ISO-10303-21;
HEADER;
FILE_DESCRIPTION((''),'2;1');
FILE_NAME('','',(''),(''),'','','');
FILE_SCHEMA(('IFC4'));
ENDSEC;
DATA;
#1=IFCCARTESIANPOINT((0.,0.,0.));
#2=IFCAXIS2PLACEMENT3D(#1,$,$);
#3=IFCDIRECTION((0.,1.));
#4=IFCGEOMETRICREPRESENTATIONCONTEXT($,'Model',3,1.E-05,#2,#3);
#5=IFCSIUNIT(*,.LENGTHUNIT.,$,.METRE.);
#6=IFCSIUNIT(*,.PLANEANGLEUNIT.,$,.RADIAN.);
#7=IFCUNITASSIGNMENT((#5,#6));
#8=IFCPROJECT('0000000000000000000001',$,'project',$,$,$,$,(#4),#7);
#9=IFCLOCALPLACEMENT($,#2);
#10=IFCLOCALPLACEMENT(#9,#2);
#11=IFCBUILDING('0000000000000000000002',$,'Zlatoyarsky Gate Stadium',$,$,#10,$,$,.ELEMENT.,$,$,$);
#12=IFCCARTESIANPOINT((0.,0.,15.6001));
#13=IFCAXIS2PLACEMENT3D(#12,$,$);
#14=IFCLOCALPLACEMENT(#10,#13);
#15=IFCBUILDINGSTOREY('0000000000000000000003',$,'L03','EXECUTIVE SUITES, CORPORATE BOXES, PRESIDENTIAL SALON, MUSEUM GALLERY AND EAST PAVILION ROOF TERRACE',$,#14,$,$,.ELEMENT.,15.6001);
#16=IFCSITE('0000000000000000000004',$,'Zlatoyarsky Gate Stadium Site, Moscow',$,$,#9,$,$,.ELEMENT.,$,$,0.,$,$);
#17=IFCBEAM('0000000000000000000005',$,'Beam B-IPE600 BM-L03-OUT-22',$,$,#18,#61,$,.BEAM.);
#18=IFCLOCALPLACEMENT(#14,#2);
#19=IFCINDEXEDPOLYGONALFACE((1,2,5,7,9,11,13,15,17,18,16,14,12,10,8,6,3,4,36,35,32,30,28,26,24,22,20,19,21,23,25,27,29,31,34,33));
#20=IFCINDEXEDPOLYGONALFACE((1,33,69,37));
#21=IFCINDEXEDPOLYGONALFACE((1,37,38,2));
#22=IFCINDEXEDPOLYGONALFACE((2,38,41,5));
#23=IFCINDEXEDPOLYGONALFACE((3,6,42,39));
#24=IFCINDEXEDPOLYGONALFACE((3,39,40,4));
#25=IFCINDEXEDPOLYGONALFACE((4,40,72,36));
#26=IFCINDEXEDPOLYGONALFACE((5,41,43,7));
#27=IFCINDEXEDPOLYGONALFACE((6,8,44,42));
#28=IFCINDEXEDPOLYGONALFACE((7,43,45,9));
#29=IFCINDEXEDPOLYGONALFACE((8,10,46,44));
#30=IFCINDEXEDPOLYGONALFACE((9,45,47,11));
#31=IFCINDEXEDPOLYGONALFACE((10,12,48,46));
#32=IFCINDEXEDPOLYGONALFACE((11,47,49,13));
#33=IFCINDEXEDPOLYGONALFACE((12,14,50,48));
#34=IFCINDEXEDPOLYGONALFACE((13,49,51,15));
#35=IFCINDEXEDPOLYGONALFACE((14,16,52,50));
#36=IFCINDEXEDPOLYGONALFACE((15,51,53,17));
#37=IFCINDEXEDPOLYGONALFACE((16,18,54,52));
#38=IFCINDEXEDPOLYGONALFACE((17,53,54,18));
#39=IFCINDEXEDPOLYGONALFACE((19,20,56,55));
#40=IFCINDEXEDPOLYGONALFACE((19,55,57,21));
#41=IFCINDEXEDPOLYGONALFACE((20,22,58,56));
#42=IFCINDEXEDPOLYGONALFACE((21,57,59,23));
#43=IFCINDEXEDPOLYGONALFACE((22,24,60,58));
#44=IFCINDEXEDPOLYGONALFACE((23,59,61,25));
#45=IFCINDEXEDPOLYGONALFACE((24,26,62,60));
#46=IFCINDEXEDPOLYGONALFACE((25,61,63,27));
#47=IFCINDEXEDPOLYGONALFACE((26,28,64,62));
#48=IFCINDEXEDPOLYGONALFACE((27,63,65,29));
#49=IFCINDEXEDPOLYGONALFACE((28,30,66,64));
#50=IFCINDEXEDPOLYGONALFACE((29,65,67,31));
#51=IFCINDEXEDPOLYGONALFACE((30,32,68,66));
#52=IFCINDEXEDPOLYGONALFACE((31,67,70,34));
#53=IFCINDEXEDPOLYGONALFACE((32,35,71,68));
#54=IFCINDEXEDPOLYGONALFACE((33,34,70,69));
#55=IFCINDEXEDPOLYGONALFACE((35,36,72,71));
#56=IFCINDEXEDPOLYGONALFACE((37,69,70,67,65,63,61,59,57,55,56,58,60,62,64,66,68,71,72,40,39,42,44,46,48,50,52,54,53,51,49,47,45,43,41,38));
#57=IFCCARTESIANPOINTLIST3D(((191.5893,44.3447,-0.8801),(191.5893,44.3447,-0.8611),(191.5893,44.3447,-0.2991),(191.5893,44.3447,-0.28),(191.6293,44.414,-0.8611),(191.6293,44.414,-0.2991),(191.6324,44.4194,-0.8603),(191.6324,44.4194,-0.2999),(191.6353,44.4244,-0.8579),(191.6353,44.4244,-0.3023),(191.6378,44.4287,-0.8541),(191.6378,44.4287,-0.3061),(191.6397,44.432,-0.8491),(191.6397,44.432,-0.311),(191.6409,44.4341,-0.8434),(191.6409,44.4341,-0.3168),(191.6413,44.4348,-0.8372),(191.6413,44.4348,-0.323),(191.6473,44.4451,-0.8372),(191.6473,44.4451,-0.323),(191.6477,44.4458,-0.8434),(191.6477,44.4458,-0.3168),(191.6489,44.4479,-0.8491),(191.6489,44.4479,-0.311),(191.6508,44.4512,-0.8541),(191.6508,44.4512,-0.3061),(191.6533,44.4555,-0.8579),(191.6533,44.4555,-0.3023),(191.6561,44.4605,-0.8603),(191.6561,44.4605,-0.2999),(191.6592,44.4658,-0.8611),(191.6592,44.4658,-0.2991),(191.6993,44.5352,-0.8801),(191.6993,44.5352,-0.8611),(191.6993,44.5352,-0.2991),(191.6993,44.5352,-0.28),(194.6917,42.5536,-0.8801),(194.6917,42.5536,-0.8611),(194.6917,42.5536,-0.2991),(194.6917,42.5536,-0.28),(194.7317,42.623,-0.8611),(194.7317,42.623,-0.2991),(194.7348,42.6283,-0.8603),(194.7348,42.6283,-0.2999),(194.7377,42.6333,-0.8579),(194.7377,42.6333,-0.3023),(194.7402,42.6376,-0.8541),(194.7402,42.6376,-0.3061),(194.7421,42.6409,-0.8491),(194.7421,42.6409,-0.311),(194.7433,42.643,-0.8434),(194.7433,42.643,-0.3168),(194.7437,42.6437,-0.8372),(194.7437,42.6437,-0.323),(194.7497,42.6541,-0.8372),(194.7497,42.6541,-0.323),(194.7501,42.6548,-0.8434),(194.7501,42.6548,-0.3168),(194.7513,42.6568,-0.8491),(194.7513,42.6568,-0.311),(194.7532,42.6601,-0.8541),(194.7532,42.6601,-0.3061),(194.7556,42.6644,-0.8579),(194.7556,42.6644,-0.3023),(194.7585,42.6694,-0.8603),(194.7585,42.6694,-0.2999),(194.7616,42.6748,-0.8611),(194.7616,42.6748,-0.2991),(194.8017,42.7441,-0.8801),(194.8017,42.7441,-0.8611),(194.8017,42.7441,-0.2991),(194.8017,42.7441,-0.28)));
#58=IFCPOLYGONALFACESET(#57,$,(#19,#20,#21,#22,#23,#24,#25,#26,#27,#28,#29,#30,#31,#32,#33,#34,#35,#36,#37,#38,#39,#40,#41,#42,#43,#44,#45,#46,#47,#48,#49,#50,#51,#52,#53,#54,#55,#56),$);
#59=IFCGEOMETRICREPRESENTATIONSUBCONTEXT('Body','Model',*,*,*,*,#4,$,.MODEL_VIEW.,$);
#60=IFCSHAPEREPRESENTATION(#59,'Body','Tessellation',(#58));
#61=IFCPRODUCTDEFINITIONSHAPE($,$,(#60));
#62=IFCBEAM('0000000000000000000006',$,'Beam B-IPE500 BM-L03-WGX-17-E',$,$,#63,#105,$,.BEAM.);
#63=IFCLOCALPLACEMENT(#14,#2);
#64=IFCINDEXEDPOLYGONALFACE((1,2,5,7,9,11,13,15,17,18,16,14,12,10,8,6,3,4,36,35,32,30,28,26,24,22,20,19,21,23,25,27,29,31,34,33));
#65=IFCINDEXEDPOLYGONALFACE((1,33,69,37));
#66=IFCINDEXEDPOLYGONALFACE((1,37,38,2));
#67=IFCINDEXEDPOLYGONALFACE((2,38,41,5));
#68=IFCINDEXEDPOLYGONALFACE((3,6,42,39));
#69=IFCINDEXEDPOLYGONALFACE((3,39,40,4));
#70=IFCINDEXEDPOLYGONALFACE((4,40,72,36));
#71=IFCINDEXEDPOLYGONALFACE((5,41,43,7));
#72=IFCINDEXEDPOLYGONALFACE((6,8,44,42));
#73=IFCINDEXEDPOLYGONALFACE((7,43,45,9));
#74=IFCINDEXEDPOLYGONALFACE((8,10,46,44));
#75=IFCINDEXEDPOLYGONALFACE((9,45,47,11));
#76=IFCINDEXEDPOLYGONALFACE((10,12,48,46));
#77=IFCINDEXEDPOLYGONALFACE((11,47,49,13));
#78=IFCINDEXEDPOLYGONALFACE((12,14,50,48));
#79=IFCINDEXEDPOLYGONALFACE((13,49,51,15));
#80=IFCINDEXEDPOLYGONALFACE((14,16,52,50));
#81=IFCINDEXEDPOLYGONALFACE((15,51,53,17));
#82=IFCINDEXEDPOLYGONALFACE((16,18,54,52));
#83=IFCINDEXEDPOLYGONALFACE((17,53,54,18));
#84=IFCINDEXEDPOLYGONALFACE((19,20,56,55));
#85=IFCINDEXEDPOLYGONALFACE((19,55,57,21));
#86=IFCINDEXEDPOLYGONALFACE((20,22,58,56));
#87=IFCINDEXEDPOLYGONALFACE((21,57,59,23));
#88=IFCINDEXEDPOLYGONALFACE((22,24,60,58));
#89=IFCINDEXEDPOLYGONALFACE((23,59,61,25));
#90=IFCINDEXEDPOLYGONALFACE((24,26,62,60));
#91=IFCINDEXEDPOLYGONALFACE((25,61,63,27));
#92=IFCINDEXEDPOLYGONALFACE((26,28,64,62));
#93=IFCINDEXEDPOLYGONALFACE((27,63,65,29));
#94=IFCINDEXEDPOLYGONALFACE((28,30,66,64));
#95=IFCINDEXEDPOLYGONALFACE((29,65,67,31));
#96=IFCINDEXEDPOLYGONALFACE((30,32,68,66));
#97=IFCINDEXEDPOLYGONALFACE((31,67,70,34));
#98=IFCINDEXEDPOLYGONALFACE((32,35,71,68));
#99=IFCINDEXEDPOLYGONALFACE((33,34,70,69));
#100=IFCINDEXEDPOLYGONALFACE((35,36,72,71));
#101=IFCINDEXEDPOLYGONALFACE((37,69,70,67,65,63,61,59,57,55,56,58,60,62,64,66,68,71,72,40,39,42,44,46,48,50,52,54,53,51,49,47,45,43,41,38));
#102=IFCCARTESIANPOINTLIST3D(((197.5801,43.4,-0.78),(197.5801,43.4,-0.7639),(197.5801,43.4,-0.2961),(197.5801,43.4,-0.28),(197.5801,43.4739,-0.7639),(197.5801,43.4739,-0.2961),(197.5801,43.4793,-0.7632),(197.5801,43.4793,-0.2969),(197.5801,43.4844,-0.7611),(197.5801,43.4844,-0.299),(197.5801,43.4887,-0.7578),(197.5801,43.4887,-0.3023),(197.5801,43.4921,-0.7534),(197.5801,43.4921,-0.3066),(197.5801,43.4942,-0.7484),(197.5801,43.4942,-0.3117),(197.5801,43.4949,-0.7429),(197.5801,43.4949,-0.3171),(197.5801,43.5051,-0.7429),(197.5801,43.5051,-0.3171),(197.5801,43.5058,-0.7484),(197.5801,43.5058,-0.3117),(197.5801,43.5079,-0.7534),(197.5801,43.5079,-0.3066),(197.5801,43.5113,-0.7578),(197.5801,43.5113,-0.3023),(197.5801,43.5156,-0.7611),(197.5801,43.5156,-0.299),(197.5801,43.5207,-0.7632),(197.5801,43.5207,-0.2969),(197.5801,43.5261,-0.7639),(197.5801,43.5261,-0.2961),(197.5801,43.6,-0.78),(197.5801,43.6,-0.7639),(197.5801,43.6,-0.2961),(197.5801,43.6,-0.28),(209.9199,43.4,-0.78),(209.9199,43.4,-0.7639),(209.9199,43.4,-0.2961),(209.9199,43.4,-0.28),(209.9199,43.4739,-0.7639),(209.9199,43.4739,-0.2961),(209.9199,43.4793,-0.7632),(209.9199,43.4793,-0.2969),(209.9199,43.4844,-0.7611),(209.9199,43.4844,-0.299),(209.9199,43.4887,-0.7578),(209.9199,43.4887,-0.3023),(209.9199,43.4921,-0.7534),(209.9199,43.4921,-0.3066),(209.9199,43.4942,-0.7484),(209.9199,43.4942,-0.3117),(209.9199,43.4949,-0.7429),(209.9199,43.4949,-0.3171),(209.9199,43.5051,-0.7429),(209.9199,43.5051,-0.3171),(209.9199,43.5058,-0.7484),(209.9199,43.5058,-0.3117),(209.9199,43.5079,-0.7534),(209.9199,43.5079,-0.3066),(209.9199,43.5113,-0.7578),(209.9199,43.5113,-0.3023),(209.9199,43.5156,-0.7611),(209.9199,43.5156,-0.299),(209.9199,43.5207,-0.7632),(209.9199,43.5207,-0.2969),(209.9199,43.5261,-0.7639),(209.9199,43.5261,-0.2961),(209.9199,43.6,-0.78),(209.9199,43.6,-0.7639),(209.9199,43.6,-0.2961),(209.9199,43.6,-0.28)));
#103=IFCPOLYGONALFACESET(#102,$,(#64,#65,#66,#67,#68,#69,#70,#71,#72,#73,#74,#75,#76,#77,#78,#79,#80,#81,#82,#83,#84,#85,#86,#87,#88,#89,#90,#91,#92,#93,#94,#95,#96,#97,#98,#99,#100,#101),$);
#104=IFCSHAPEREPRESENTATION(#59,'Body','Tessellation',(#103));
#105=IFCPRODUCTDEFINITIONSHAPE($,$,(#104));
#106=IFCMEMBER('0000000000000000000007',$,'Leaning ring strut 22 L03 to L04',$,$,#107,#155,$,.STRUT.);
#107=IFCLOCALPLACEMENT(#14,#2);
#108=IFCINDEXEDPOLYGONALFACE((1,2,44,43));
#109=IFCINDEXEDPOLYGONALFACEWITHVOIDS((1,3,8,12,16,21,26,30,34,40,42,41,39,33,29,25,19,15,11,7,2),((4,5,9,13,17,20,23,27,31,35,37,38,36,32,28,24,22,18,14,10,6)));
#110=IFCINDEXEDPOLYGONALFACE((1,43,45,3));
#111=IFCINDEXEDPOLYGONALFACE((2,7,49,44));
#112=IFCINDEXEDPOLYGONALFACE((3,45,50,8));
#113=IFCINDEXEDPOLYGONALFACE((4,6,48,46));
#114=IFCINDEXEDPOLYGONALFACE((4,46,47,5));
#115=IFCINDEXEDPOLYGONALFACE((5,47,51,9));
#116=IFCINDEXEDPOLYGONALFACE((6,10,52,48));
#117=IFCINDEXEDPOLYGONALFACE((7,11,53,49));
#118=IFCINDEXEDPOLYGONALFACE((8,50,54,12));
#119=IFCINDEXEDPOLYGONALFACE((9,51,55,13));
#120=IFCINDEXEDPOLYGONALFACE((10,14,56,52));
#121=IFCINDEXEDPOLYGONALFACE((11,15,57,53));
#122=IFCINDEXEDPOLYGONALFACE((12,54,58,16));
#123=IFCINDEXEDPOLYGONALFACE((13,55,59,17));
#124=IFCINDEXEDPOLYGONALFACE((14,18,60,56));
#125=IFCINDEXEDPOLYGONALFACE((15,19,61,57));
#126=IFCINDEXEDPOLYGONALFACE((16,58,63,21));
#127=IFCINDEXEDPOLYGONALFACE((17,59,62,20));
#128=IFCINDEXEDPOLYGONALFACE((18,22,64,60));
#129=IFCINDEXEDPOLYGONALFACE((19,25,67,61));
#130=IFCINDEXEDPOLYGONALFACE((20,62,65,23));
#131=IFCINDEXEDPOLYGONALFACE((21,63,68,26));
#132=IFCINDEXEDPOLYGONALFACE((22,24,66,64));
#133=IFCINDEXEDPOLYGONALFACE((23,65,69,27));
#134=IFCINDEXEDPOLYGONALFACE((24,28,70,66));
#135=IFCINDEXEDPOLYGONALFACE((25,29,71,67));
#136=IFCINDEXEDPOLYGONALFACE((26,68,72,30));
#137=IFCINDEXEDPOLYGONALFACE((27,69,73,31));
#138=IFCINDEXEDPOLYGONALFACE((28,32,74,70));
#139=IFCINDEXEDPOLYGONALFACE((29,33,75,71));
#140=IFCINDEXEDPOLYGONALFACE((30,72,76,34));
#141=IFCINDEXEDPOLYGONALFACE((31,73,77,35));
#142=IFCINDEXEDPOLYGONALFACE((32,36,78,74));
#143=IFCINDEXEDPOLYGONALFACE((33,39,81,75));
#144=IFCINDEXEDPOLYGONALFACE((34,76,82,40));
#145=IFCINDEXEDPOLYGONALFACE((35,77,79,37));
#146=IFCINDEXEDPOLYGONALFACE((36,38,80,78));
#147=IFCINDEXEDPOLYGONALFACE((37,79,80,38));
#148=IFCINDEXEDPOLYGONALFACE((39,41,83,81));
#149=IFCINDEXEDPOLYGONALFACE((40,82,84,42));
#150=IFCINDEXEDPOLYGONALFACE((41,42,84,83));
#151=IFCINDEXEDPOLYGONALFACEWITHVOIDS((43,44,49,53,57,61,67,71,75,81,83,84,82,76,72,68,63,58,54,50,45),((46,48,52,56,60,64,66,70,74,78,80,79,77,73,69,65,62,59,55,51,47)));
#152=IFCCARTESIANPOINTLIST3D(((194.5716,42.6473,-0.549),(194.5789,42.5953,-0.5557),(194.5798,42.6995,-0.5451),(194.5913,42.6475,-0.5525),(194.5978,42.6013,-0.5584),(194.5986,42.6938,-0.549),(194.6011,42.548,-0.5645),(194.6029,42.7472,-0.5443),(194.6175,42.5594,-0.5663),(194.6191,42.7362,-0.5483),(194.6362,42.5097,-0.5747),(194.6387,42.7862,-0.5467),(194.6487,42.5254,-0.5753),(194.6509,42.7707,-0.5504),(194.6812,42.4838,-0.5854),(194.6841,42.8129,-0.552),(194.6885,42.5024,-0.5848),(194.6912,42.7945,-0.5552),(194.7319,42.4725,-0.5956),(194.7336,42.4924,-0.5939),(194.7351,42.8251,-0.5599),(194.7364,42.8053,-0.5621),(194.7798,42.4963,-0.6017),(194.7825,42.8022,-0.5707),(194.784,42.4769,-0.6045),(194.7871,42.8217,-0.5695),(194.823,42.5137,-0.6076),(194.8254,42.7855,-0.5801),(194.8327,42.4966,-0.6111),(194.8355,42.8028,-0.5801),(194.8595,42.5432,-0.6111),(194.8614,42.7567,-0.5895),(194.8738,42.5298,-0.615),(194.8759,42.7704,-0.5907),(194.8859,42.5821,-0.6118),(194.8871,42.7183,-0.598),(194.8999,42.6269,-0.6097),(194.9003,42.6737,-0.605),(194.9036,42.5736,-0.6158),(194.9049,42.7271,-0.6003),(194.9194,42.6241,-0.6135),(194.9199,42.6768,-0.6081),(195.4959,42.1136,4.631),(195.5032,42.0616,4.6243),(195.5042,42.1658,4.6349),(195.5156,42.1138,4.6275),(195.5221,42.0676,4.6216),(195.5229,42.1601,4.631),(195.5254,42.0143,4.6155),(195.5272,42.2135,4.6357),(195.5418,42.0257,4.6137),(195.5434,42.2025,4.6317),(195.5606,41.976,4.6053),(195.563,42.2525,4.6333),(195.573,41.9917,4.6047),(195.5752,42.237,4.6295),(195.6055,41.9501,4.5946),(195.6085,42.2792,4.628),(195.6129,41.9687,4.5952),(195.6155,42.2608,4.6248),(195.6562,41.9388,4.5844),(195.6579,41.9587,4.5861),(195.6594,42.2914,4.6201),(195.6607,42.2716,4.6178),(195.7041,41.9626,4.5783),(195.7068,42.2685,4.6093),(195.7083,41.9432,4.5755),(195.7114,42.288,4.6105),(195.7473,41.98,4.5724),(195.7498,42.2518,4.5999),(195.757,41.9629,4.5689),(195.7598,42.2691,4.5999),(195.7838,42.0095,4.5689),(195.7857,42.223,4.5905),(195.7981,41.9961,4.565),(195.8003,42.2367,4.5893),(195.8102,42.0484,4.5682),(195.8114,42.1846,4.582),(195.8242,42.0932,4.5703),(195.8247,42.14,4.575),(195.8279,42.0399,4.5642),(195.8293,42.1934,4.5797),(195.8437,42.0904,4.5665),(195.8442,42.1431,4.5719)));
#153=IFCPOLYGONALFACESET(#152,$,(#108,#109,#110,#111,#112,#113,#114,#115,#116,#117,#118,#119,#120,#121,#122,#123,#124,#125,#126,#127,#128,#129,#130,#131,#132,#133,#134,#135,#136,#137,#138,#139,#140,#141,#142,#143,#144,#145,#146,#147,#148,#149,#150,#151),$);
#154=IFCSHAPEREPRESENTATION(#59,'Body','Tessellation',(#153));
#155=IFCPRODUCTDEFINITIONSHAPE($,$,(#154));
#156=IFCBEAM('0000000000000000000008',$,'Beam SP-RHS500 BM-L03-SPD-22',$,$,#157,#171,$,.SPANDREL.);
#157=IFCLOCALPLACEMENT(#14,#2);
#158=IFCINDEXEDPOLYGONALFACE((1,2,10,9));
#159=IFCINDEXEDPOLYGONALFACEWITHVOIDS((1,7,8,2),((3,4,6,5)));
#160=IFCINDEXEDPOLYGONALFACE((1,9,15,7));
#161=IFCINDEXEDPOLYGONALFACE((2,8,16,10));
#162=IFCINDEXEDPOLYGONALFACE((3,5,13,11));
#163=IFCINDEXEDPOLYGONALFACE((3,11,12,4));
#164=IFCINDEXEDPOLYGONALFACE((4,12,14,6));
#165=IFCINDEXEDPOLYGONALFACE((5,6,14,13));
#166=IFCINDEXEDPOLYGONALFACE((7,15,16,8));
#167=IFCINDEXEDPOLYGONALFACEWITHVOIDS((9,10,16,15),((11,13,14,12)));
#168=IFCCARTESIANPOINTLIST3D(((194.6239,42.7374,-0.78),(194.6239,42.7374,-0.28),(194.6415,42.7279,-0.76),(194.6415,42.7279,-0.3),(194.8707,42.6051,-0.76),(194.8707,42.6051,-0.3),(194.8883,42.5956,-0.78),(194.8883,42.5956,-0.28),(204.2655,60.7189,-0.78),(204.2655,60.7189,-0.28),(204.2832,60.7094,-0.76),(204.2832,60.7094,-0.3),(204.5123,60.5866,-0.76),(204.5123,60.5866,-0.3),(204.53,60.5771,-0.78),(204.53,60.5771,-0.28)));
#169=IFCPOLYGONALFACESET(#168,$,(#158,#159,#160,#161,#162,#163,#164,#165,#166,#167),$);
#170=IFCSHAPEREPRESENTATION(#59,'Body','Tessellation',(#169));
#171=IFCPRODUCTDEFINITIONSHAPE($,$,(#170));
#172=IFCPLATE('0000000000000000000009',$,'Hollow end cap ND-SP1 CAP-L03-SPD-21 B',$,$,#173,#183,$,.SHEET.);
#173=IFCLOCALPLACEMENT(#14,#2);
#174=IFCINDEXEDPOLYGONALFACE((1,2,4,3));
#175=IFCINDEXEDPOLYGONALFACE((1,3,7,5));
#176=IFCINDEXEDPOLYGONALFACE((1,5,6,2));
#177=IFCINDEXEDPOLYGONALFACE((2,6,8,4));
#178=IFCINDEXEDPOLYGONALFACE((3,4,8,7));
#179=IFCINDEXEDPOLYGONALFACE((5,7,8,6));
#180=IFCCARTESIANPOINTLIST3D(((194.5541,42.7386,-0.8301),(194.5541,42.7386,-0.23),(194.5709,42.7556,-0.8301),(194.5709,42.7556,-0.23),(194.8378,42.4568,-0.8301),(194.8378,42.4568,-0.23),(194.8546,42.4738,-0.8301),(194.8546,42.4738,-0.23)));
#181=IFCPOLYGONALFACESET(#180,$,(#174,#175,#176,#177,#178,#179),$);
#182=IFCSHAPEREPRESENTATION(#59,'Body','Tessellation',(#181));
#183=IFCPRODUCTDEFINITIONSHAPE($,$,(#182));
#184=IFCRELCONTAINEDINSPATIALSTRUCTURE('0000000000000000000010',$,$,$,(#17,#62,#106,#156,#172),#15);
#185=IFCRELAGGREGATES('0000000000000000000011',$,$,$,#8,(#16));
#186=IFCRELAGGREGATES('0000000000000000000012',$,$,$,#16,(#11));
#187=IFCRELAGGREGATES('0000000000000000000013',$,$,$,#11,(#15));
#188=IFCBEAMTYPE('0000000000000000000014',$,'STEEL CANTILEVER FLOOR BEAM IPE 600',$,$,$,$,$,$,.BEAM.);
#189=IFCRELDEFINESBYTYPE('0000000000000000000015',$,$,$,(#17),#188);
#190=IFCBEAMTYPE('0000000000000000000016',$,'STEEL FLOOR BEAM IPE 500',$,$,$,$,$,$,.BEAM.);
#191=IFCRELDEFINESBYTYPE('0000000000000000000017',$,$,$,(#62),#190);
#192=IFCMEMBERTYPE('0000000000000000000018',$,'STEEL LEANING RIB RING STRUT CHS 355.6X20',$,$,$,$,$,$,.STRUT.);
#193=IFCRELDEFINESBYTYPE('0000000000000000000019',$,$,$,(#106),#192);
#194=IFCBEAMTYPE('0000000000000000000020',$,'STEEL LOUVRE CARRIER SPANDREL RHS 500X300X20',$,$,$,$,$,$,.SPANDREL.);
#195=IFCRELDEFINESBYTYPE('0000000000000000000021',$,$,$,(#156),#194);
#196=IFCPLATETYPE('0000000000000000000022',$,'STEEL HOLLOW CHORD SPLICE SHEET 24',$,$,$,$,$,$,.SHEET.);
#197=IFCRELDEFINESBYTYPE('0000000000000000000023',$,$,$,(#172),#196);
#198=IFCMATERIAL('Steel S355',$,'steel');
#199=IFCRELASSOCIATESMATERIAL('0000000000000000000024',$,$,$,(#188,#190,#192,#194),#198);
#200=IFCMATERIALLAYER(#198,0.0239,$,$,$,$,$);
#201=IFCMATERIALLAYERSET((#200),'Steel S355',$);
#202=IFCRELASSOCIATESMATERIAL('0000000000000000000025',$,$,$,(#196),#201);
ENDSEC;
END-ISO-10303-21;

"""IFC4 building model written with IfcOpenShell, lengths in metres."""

from ifc_helpers import new_model, si_unit, direction, frame, origin, origin_2d, place, context, subcontext, project, spatial, rectangle, hollow_rectangle, hollow_circle, i_section, extrude, material, layer, layer_set, material_profile, profile_set, type_object, element, save


model = new_model("IFC4")

# Units and contexts
model_context = context("Model", 3, precision=1e-05, world=origin(), true_north=direction((0.0, 1.0)))
body_context = subcontext(model_context, "Body", "Model", "MODEL_VIEW")
ifc_project = project(units=[si_unit("LENGTHUNIT", "METRE"), si_unit("PLANEANGLEUNIT", "RADIAN")], contexts=[model_context])

# Site, building, storey
site_placement = place(None, origin())
site = spatial("IfcSite", under=ifc_project, at=site_placement, Name="Zlatoyarsky Gate Stadium Site, Moscow", CompositionType="ELEMENT", RefElevation=0.0)
building_placement = place(site_placement, origin())
building = spatial("IfcBuilding", under=site, at=building_placement, Name="Zlatoyarsky Gate Stadium", CompositionType="ELEMENT")
storey_placement = place(building_placement, frame((0.0, 0.0, 15.6001)))
storey = spatial("IfcBuildingStorey", under=building, at=storey_placement, Name="L03", Description="EXECUTIVE SUITES, CORPORATE BOXES, PRESIDENTIAL SALON, MUSEUM GALLERY AND EAST PAVILION ROOF TERRACE", CompositionType="ELEMENT", Elevation=15.6001)

# Shared definitions
ifc_material_1 = material(Name="Steel S355", Category="steel")

# Beams
ifc_material_profile_1 = material_profile(ifc_material_1, i_section(OverallWidth=0.22, OverallDepth=0.6001, WebThickness=0.012, FlangeThickness=0.019, FilletRadius=0.0239, at=origin_2d()), Name="IPE 600")
ifc_profile_set_1 = profile_set([ifc_material_profile_1], Name="Steel S355")
beam_type_1 = type_object("IfcBeamType", Name="STEEL CANTILEVER FLOOR BEAM IPE 600", PredefinedType="BEAM", material=ifc_profile_set_1)
beam_1_placement = place(storey_placement, frame((191.6443, 44.4399, -0.5801), z_axis=(0.866037, -0.49998, 0.0), x_axis=(0.49998, 0.866037, 0.0)))
element("IfcBeam", 1, at=beam_1_placement, inside=storey, type_object=beam_type_1, Name="Beam B-IPE600 BM-L03-OUT-22", PredefinedType="BEAM", context=body_context, shape_type="SweptSolid", body=[
    extrude(i_section(OverallWidth=0.22, OverallDepth=0.6001, WebThickness=0.012, FlangeThickness=0.019, FilletRadius=0.0239, at=origin_2d()), origin(), (0.0, 0.0, 1.0), 3.5823),
])
ifc_material_profile_2 = material_profile(ifc_material_1, i_section(OverallWidth=0.2, OverallDepth=0.5, WebThickness=0.0103, FlangeThickness=0.0161, FilletRadius=0.021, at=origin_2d()), Name="IPE 500")
ifc_profile_set_2 = profile_set([ifc_material_profile_2], Name="Steel S355")
beam_type_2 = type_object("IfcBeamType", Name="STEEL FLOOR BEAM IPE 500", PredefinedType="BEAM", material=ifc_profile_set_2)
beam_2_placement = place(storey_placement, frame((197.5801, 43.5, -0.53), z_axis=(1.0, 0.0, 0.0), x_axis=(0.0, 1.0, 0.0)))
element("IfcBeam", 2, at=beam_2_placement, inside=storey, type_object=beam_type_2, Name="Beam B-IPE500 BM-L03-WGX-17-E", PredefinedType="BEAM", context=body_context, shape_type="SweptSolid", body=[
    extrude(i_section(OverallWidth=0.2, OverallDepth=0.5, WebThickness=0.0103, FlangeThickness=0.0161, FilletRadius=0.021, at=origin_2d()), origin(), (0.0, 0.0, 1.0), 12.3398),
])

# Member
ifc_material_profile_3 = material_profile(ifc_material_1, hollow_circle(Radius=0.1777, WallThickness=0.02, at=origin_2d()), Name="CHS 355.6X20")
ifc_profile_set_3 = profile_set([ifc_material_profile_3], Name="Steel S355")
member_type_1 = type_object("IfcMemberType", Name="STEEL LEANING RIB RING STRUT CHS 355.6X20", PredefinedType="STRUT", material=ifc_profile_set_3)
member_1_placement = place(storey_placement, frame((194.7466, 42.6489, -0.5801), z_axis=(0.17477, -0.100911, 0.979425), x_axis=(0.500026, 0.86601, 0.0)))
element("IfcMember", 3, at=member_1_placement, inside=storey, type_object=member_type_1, Name="Leaning ring strut 22 L03 to L04", PredefinedType="STRUT", context=body_context, shape_type="SweptSolid", body=[
    extrude(hollow_circle(Radius=0.1777, WallThickness=0.02, at=origin_2d()), origin(), (0.0, 0.0, 1.0), 5.2888),
])

# Beam
ifc_material_profile_4 = material_profile(ifc_material_1, hollow_rectangle(XDim=0.3, YDim=0.5, WallThickness=0.02, at=origin_2d()), Name="RHS 500X300X20")
ifc_profile_set_4 = profile_set([ifc_material_profile_4], Name="Steel S355")
beam_type_3 = type_object("IfcBeamType", Name="STEEL LOUVRE CARRIER SPANDREL RHS 500X300X20", PredefinedType="SPANDREL", material=ifc_profile_set_4)
beam_3_placement = place(storey_placement, frame((194.7561, 42.6665, -0.53), z_axis=(0.472552, 0.881303, 0.0), x_axis=(-0.881303, 0.472552, 0.0)))
element("IfcBeam", 4, at=beam_3_placement, inside=storey, type_object=beam_type_3, Name="Beam SP-RHS500 BM-L03-SPD-22", PredefinedType="SPANDREL", context=body_context, shape_type="SweptSolid", body=[
    extrude(hollow_rectangle(XDim=0.3, YDim=0.5, WallThickness=0.02, at=origin_2d()), origin(), (0.0, 0.0, 1.0), 20.4033),
])

# Plate
ifc_layer_1 = layer(ifc_material_1, 0.0239)
ifc_layer_set_1 = layer_set([ifc_layer_1], Name="Steel S355")
plate_type_1 = type_object("IfcPlateType", Name="STEEL HOLLOW CHORD SPLICE SHEET 24", PredefinedType="SHEET", material=ifc_layer_set_1)
for number, where, z_axis, x_axis, name in (
    (5, (194.7043, 42.6062, -0.8301), (0.0, 0.0, 1.0), (0.70473, 0.709476, 0.0), "Hollow end cap ND-SP1 CAP-L03-SPD-21 B"),
):
    element("IfcPlate", number, at=place(storey_placement, frame(where, z_axis=z_axis, x_axis=x_axis)), inside=storey, type_object=plate_type_1, Name=name, PredefinedType="SHEET", context=body_context, shape_type="SweptSolid", body=[
        extrude(rectangle(XDim=0.0239, YDim=0.3999, at=origin_2d()), origin(), (0.0, 0.0, 1.0), 0.6001),
    ])

save(model, "model.ifc")
